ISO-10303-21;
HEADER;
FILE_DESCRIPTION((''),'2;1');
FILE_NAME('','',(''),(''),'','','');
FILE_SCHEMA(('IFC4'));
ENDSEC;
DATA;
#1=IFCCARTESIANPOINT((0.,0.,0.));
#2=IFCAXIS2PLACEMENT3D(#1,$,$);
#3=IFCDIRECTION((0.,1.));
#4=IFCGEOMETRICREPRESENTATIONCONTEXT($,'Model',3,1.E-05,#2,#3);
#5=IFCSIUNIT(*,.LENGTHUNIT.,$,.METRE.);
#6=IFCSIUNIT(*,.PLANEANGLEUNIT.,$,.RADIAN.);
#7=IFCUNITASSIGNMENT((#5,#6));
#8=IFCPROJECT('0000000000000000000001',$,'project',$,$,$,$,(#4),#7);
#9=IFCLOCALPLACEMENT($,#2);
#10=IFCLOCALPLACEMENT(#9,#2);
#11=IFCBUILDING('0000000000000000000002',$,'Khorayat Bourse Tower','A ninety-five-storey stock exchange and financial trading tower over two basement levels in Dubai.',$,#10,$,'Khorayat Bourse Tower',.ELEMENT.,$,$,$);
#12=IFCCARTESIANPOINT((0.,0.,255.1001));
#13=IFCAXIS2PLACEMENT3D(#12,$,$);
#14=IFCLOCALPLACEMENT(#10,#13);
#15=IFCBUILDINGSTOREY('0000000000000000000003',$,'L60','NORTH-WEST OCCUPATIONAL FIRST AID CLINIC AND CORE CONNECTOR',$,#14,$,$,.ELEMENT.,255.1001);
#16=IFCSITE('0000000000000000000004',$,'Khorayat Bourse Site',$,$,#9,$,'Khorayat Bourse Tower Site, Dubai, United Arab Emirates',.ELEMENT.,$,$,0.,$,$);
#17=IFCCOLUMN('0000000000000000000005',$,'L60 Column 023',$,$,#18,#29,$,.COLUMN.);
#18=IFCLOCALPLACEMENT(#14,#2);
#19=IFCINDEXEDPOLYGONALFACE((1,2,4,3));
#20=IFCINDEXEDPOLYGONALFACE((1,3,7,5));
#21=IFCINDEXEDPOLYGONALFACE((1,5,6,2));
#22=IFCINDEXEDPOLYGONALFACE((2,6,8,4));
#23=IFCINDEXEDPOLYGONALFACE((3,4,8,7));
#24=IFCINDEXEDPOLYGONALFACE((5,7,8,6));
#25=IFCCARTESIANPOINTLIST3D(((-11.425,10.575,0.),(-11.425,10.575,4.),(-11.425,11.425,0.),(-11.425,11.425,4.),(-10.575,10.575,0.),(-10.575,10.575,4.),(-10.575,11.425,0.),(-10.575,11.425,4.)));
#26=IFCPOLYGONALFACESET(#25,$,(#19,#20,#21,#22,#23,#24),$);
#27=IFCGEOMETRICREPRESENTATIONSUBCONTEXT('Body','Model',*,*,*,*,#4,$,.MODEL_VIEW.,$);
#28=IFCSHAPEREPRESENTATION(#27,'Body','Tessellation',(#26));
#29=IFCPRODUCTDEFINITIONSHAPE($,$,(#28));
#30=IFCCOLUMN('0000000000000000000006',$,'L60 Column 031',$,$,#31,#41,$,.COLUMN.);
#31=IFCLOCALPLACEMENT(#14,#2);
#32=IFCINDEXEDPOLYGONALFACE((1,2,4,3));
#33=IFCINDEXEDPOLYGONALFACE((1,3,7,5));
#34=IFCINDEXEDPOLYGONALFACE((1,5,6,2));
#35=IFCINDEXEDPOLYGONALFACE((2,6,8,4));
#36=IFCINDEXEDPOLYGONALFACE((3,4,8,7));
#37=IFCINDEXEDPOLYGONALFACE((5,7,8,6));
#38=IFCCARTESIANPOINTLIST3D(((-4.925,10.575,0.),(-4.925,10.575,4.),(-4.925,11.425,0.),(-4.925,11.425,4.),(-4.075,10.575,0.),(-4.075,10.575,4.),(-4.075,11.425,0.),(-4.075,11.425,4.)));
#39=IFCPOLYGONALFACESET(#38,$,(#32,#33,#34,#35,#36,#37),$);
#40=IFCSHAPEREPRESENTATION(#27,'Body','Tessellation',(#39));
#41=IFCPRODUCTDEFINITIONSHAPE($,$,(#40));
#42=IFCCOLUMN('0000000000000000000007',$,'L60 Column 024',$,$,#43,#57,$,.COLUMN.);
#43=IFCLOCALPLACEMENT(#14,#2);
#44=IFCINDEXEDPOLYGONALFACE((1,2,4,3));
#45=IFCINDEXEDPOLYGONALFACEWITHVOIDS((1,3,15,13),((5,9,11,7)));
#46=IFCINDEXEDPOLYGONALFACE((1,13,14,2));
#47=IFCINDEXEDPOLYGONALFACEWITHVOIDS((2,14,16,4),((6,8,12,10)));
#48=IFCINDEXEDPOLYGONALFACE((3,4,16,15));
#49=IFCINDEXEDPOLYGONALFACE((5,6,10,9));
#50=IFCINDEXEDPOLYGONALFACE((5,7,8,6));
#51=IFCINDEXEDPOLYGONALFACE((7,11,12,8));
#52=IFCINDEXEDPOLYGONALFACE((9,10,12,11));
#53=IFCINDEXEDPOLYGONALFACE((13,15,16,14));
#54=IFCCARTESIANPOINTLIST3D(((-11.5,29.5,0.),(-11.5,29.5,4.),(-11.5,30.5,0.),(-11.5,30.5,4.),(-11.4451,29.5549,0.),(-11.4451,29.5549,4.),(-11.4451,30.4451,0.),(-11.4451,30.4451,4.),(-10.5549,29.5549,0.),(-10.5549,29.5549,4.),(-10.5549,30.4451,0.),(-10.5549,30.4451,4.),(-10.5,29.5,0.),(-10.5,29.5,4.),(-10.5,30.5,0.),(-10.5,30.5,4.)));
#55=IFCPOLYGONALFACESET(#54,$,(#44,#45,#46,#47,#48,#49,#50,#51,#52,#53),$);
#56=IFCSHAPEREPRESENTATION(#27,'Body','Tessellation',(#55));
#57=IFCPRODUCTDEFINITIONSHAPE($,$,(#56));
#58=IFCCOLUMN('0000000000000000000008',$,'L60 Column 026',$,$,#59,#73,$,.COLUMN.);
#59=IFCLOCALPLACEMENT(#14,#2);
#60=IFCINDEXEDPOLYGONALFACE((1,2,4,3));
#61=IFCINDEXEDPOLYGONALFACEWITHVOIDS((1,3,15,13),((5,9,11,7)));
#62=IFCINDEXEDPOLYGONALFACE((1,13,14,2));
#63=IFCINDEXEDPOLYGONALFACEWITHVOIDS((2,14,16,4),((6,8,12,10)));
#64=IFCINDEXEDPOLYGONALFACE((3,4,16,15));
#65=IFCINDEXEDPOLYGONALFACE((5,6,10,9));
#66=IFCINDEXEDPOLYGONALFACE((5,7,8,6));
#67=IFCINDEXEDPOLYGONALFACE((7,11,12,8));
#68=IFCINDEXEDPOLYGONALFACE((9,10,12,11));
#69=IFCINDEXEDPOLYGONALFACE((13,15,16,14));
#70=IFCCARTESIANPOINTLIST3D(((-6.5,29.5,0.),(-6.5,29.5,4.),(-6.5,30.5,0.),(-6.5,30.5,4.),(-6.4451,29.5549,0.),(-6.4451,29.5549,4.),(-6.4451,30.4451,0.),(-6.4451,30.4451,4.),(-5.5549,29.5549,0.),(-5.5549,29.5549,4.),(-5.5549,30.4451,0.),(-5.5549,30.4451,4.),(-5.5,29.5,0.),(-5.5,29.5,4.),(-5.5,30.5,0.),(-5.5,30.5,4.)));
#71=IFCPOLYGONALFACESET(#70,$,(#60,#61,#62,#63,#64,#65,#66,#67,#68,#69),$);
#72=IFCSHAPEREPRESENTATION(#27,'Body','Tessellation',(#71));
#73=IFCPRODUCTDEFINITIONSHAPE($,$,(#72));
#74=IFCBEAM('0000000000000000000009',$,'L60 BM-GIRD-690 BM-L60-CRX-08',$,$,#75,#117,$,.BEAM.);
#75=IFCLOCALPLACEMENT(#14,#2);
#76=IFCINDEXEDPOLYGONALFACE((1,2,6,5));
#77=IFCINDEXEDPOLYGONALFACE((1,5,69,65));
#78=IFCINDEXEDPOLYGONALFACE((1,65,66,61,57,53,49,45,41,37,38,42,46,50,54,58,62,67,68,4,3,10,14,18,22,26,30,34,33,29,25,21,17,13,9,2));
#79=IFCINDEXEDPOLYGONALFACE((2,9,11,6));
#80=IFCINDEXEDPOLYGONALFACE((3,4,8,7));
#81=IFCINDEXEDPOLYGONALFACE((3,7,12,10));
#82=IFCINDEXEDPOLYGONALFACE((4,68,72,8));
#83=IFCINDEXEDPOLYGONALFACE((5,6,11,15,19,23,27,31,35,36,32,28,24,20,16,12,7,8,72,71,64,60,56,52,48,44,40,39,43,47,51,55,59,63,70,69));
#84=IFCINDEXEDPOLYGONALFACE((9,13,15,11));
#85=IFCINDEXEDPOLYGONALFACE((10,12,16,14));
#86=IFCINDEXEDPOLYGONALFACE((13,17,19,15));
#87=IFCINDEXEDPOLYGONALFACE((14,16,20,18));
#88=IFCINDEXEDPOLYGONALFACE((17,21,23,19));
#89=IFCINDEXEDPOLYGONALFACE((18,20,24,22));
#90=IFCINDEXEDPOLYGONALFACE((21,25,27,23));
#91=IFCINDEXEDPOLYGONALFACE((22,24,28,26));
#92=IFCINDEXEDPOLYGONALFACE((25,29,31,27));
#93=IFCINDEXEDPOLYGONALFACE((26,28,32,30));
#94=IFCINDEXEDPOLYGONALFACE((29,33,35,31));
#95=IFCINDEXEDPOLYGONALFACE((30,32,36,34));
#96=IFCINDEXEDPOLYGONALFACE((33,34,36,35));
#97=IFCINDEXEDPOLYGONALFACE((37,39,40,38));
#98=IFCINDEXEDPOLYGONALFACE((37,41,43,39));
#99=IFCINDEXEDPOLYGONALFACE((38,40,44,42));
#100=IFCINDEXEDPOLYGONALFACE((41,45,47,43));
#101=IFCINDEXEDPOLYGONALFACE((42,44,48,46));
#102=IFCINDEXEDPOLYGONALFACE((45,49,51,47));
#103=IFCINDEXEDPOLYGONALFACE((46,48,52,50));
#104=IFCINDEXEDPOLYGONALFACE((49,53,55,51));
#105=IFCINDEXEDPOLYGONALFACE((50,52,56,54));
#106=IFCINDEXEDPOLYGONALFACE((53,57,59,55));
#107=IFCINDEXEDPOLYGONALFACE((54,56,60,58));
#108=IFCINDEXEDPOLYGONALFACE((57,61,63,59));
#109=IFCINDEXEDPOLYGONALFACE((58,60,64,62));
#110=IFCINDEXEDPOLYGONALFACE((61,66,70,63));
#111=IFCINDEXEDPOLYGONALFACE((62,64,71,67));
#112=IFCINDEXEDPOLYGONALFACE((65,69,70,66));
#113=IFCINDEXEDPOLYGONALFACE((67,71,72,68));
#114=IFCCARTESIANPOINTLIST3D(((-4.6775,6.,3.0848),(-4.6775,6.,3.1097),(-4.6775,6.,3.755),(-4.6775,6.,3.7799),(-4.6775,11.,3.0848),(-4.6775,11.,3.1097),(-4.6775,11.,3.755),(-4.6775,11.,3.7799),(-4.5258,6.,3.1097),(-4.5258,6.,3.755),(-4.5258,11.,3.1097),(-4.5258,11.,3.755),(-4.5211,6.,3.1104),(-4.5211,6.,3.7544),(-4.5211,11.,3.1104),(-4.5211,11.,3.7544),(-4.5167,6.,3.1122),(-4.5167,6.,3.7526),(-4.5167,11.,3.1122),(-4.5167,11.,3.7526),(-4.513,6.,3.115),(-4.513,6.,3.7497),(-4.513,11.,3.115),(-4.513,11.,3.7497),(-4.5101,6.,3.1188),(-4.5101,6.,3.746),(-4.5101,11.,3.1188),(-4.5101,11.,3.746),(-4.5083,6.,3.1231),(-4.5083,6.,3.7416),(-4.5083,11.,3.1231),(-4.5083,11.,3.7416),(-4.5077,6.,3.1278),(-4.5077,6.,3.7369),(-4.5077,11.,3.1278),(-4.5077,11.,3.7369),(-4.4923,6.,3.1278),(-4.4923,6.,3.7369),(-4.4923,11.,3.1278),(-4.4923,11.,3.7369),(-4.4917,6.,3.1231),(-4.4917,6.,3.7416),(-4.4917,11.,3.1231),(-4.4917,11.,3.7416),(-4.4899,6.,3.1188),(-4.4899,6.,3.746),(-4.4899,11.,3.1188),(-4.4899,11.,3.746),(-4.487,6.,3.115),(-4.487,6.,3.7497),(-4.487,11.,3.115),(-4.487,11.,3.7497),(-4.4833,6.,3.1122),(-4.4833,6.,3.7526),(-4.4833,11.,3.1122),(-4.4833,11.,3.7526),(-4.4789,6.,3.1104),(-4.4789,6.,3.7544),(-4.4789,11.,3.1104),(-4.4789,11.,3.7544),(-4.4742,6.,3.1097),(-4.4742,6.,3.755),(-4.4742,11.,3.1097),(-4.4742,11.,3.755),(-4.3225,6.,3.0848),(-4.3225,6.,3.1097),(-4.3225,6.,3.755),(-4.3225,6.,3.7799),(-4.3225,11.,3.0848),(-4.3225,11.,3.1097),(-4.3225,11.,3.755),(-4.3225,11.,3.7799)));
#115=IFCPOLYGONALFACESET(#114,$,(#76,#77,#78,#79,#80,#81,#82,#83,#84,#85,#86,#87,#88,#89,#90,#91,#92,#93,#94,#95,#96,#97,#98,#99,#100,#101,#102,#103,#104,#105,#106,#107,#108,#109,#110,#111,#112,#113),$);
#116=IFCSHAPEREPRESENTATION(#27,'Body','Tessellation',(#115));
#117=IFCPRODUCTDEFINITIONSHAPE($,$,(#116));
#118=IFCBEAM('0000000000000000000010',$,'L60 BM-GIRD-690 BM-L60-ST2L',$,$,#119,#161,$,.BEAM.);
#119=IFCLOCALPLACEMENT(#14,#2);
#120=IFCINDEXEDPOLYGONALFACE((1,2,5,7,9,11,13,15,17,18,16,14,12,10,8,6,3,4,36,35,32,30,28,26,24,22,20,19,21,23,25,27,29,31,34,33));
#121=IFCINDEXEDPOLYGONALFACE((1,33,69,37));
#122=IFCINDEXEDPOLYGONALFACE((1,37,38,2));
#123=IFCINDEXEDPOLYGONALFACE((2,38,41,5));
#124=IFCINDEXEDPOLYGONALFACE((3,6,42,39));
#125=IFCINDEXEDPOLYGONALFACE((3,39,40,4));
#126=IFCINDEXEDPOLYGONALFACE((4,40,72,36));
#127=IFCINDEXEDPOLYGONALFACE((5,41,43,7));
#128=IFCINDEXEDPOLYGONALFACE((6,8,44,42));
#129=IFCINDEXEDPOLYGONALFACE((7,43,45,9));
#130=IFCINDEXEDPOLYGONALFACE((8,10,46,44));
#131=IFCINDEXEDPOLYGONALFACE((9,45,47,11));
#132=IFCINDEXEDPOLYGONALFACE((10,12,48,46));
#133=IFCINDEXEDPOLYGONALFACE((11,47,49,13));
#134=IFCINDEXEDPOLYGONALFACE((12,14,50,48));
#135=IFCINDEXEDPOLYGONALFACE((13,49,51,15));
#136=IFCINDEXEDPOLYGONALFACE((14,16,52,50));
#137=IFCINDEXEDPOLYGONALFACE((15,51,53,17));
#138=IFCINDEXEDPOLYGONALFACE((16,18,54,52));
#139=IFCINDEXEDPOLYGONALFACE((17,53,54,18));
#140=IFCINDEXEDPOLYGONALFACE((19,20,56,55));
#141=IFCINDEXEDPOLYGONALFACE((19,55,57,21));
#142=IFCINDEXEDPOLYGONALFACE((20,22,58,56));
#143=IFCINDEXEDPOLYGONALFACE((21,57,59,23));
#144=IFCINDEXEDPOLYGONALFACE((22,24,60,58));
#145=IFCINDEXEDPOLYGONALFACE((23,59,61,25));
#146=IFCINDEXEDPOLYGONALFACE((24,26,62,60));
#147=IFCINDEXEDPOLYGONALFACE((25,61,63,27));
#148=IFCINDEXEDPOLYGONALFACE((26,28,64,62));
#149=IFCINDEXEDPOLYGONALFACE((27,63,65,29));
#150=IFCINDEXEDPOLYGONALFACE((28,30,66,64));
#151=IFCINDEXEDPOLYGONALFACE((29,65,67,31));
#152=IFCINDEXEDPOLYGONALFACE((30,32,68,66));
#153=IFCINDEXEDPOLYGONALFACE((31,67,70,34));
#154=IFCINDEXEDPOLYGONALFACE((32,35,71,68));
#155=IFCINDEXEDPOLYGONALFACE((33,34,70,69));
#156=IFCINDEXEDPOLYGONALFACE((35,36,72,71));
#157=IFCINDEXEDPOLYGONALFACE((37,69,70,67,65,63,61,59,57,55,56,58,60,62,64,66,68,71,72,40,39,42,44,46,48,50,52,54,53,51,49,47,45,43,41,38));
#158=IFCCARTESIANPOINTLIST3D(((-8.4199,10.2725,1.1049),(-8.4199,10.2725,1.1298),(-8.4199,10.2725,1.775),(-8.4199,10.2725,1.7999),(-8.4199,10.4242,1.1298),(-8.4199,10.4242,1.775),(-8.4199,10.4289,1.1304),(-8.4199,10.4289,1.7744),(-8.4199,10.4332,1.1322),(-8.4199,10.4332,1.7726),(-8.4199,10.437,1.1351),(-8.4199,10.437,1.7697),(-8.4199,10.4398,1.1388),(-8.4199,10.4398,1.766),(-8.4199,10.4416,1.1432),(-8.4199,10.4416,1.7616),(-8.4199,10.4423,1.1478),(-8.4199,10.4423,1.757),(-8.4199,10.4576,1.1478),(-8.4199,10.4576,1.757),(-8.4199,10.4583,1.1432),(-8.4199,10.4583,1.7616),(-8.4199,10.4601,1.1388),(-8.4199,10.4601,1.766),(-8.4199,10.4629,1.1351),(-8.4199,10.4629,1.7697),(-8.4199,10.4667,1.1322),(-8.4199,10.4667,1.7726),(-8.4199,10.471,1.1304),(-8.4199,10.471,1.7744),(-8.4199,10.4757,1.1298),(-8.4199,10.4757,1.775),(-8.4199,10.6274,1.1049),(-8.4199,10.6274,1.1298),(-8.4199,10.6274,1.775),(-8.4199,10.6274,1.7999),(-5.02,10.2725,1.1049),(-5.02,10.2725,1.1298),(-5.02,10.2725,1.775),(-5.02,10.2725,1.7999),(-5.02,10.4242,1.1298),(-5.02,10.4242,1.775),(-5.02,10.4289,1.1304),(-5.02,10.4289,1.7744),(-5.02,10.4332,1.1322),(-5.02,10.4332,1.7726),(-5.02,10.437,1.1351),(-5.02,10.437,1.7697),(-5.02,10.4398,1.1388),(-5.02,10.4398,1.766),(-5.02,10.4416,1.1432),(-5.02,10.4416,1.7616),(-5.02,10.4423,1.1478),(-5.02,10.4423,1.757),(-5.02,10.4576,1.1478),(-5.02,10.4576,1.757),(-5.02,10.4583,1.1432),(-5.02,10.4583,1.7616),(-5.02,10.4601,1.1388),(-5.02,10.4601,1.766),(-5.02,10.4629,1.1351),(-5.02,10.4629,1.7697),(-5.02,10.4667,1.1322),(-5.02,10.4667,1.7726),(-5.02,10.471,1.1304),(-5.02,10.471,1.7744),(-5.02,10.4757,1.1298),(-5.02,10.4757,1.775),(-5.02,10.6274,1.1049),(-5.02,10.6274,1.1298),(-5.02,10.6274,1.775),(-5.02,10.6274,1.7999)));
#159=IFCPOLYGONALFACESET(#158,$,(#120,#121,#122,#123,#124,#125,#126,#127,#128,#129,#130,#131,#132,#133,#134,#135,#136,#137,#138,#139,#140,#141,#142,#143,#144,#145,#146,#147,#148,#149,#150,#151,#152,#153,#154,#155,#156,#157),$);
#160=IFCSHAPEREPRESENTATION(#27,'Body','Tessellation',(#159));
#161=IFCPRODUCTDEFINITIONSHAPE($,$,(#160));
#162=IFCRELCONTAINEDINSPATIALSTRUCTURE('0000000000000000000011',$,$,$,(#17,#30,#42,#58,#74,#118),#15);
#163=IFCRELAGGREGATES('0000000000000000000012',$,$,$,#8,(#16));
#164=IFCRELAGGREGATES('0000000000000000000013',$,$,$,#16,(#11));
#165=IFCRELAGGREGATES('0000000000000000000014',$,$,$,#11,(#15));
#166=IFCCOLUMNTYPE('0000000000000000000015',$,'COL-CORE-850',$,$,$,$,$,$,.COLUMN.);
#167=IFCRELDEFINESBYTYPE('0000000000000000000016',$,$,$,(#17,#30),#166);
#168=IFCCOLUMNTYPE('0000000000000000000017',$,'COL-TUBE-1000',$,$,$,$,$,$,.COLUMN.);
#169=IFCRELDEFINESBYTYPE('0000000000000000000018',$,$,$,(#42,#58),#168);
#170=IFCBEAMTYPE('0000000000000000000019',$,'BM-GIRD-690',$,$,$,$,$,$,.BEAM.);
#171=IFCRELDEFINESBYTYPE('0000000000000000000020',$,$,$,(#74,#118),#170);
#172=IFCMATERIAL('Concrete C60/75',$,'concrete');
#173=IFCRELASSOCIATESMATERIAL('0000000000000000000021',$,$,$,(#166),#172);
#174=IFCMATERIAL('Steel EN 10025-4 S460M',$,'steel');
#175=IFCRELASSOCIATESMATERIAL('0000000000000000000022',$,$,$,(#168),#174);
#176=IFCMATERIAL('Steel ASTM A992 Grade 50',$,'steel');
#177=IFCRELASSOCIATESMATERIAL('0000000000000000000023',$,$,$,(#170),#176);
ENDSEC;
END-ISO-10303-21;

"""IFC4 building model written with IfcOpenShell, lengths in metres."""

from ifc_helpers import new_model, si_unit, direction, frame, origin, origin_2d, place, context, subcontext, project, spatial, rectangle, hollow_rectangle, i_section, extrude, source, transform, mapped, material, material_profile, profile_set, type_object, element, save


model = new_model("IFC4")

# Units and contexts
model_context = context("Model", 3, precision=1e-05, world=origin(), true_north=direction((0.0, 1.0)))
body_context = subcontext(model_context, "Body", "Model", "MODEL_VIEW")
ifc_project = project(units=[si_unit("LENGTHUNIT", "METRE"), si_unit("PLANEANGLEUNIT", "RADIAN")], contexts=[model_context])

# Site, building, storey
site_placement = place(None, origin())
site = spatial("IfcSite", under=ifc_project, at=site_placement, Name="Khorayat Bourse Site", LongName="Khorayat Bourse Tower Site, Dubai, United Arab Emirates", CompositionType="ELEMENT", RefElevation=0.0)
building_placement = place(site_placement, origin())
building = spatial("IfcBuilding", under=site, at=building_placement, Name="Khorayat Bourse Tower", Description="A ninety-five-storey stock exchange and financial trading tower over two basement levels in Dubai.", LongName="Khorayat Bourse Tower", CompositionType="ELEMENT")
storey_placement = place(building_placement, frame((0.0, 0.0, 255.1001)))
storey = spatial("IfcBuildingStorey", under=building, at=storey_placement, Name="L60", Description="NORTH-WEST OCCUPATIONAL FIRST AID CLINIC AND CORE CONNECTOR", CompositionType="ELEMENT", Elevation=255.1001)

# Columns
ifc_material_1 = material(Name="Concrete C60/75", Category="concrete")
ifc_material_profile_1 = material_profile(ifc_material_1, rectangle(XDim=0.8501, YDim=0.8501, at=origin_2d()), Name="RC 850x850")
ifc_profile_set_1 = profile_set([ifc_material_profile_1], Name="Concrete C60/75")
column_type_1 = type_object("IfcColumnType", Name="COL-CORE-850", PredefinedType="COLUMN", material=ifc_profile_set_1)
shared_shape_1 = source(origin(), body_context, "Body", "SweptSolid", [
    extrude(rectangle(XDim=0.8501, YDim=0.8501, at=origin_2d()), origin(), (0.0, 0.0, 1.0), 4.0),
])
for number, where, z_axis, x_axis, name in (
    (1, (-11.0, 11.0, 0.0), (0.0, 0.0, 1.0), (1.0, 0.0, 0.0), "L60 Column 023"),
    (2, (-4.5, 11.0, 0.0), (0.0, 0.0, 1.0), (1.0, 0.0, 0.0), "L60 Column 031"),
):
    element("IfcColumn", number, at=place(storey_placement, frame(where, z_axis=z_axis, x_axis=x_axis)), inside=storey, type_object=column_type_1, Name=name, PredefinedType="COLUMN", context=body_context, shape_type="MappedRepresentation", body=[
        mapped(shared_shape_1, transform((0.0, 0.0, 0.0), scale=1.0)),
    ])
ifc_material_2 = material(Name="Steel EN 10025-4 S460M", Category="steel")
ifc_material_profile_2 = material_profile(ifc_material_2, hollow_rectangle(XDim=1.0, YDim=1.0, WallThickness=0.0549, at=origin_2d()), Name="BOX 1000x1000x55")
ifc_profile_set_2 = profile_set([ifc_material_profile_2], Name="Steel EN 10025-4 S460M")
column_type_2 = type_object("IfcColumnType", Name="COL-TUBE-1000", PredefinedType="COLUMN", material=ifc_profile_set_2)
shared_shape_2 = source(origin(), body_context, "Body", "SweptSolid", [
    extrude(hollow_rectangle(XDim=1.0, YDim=1.0, WallThickness=0.0549, at=origin_2d()), origin(), (0.0, 0.0, 1.0), 4.0),
])
for number, where, z_axis, x_axis, name in (
    (3, (-11.0, 30.0, 0.0), (0.0, 0.0, 1.0), (1.0, 0.0, 0.0), "L60 Column 024"),
    (4, (-6.0, 30.0, 0.0), (0.0, 0.0, 1.0), (1.0, 0.0, 0.0), "L60 Column 026"),
):
    element("IfcColumn", number, at=place(storey_placement, frame(where, z_axis=z_axis, x_axis=x_axis)), inside=storey, type_object=column_type_2, Name=name, PredefinedType="COLUMN", context=body_context, shape_type="MappedRepresentation", body=[
        mapped(shared_shape_2, transform((0.0, 0.0, 0.0), scale=1.0)),
    ])

# Beams
ifc_material_3 = material(Name="Steel ASTM A992 Grade 50", Category="steel")
ifc_material_profile_3 = material_profile(ifc_material_3, i_section(OverallWidth=0.355, OverallDepth=0.6951, WebThickness=0.0154, FlangeThickness=0.0249, FilletRadius=0.0181, at=origin_2d()), Name="W690X217")
ifc_profile_set_3 = profile_set([ifc_material_profile_3], Name="Steel ASTM A992 Grade 50")
beam_type_1 = type_object("IfcBeamType", Name="BM-GIRD-690", PredefinedType="BEAM", material=ifc_profile_set_3)
shared_shape_3 = source(origin(), body_context, "Body", "SweptSolid", [
    extrude(i_section(OverallWidth=0.355, OverallDepth=0.6951, WebThickness=0.0154, FlangeThickness=0.0249, FilletRadius=0.0181, at=origin_2d()), origin(), (0.0, 0.0, 1.0), 5.0),
])
beam_1_placement = place(storey_placement, frame((-4.5, 6.0, 3.4324), z_axis=(0.0, 1.0, 0.0), x_axis=(-1.0, 0.0, 0.0)))
element("IfcBeam", 5, at=beam_1_placement, inside=storey, type_object=beam_type_1, Name="L60 BM-GIRD-690 BM-L60-CRX-08", PredefinedType="BEAM", context=body_context, shape_type="MappedRepresentation", body=[
    mapped(shared_shape_3, transform((0.0, 0.0, 0.0), scale=1.0)),
])
shared_shape_4 = source(origin(), body_context, "Body", "SweptSolid", [
    extrude(i_section(OverallWidth=0.355, OverallDepth=0.6951, WebThickness=0.0154, FlangeThickness=0.0249, FilletRadius=0.0181, at=origin_2d()), origin(), (0.0, 0.0, 1.0), 3.3999),
])
beam_2_placement = place(storey_placement, frame((-8.4199, 10.45, 1.4524), z_axis=(1.0, 0.0, 0.0), x_axis=(0.0, 1.0, 0.0)))
element("IfcBeam", 6, at=beam_2_placement, inside=storey, type_object=beam_type_1, Name="L60 BM-GIRD-690 BM-L60-ST2L", PredefinedType="BEAM", context=body_context, shape_type="MappedRepresentation", body=[
    mapped(shared_shape_4, transform((0.0, 0.0, 0.0), scale=1.0)),
])

save(model, "model.ifc")
